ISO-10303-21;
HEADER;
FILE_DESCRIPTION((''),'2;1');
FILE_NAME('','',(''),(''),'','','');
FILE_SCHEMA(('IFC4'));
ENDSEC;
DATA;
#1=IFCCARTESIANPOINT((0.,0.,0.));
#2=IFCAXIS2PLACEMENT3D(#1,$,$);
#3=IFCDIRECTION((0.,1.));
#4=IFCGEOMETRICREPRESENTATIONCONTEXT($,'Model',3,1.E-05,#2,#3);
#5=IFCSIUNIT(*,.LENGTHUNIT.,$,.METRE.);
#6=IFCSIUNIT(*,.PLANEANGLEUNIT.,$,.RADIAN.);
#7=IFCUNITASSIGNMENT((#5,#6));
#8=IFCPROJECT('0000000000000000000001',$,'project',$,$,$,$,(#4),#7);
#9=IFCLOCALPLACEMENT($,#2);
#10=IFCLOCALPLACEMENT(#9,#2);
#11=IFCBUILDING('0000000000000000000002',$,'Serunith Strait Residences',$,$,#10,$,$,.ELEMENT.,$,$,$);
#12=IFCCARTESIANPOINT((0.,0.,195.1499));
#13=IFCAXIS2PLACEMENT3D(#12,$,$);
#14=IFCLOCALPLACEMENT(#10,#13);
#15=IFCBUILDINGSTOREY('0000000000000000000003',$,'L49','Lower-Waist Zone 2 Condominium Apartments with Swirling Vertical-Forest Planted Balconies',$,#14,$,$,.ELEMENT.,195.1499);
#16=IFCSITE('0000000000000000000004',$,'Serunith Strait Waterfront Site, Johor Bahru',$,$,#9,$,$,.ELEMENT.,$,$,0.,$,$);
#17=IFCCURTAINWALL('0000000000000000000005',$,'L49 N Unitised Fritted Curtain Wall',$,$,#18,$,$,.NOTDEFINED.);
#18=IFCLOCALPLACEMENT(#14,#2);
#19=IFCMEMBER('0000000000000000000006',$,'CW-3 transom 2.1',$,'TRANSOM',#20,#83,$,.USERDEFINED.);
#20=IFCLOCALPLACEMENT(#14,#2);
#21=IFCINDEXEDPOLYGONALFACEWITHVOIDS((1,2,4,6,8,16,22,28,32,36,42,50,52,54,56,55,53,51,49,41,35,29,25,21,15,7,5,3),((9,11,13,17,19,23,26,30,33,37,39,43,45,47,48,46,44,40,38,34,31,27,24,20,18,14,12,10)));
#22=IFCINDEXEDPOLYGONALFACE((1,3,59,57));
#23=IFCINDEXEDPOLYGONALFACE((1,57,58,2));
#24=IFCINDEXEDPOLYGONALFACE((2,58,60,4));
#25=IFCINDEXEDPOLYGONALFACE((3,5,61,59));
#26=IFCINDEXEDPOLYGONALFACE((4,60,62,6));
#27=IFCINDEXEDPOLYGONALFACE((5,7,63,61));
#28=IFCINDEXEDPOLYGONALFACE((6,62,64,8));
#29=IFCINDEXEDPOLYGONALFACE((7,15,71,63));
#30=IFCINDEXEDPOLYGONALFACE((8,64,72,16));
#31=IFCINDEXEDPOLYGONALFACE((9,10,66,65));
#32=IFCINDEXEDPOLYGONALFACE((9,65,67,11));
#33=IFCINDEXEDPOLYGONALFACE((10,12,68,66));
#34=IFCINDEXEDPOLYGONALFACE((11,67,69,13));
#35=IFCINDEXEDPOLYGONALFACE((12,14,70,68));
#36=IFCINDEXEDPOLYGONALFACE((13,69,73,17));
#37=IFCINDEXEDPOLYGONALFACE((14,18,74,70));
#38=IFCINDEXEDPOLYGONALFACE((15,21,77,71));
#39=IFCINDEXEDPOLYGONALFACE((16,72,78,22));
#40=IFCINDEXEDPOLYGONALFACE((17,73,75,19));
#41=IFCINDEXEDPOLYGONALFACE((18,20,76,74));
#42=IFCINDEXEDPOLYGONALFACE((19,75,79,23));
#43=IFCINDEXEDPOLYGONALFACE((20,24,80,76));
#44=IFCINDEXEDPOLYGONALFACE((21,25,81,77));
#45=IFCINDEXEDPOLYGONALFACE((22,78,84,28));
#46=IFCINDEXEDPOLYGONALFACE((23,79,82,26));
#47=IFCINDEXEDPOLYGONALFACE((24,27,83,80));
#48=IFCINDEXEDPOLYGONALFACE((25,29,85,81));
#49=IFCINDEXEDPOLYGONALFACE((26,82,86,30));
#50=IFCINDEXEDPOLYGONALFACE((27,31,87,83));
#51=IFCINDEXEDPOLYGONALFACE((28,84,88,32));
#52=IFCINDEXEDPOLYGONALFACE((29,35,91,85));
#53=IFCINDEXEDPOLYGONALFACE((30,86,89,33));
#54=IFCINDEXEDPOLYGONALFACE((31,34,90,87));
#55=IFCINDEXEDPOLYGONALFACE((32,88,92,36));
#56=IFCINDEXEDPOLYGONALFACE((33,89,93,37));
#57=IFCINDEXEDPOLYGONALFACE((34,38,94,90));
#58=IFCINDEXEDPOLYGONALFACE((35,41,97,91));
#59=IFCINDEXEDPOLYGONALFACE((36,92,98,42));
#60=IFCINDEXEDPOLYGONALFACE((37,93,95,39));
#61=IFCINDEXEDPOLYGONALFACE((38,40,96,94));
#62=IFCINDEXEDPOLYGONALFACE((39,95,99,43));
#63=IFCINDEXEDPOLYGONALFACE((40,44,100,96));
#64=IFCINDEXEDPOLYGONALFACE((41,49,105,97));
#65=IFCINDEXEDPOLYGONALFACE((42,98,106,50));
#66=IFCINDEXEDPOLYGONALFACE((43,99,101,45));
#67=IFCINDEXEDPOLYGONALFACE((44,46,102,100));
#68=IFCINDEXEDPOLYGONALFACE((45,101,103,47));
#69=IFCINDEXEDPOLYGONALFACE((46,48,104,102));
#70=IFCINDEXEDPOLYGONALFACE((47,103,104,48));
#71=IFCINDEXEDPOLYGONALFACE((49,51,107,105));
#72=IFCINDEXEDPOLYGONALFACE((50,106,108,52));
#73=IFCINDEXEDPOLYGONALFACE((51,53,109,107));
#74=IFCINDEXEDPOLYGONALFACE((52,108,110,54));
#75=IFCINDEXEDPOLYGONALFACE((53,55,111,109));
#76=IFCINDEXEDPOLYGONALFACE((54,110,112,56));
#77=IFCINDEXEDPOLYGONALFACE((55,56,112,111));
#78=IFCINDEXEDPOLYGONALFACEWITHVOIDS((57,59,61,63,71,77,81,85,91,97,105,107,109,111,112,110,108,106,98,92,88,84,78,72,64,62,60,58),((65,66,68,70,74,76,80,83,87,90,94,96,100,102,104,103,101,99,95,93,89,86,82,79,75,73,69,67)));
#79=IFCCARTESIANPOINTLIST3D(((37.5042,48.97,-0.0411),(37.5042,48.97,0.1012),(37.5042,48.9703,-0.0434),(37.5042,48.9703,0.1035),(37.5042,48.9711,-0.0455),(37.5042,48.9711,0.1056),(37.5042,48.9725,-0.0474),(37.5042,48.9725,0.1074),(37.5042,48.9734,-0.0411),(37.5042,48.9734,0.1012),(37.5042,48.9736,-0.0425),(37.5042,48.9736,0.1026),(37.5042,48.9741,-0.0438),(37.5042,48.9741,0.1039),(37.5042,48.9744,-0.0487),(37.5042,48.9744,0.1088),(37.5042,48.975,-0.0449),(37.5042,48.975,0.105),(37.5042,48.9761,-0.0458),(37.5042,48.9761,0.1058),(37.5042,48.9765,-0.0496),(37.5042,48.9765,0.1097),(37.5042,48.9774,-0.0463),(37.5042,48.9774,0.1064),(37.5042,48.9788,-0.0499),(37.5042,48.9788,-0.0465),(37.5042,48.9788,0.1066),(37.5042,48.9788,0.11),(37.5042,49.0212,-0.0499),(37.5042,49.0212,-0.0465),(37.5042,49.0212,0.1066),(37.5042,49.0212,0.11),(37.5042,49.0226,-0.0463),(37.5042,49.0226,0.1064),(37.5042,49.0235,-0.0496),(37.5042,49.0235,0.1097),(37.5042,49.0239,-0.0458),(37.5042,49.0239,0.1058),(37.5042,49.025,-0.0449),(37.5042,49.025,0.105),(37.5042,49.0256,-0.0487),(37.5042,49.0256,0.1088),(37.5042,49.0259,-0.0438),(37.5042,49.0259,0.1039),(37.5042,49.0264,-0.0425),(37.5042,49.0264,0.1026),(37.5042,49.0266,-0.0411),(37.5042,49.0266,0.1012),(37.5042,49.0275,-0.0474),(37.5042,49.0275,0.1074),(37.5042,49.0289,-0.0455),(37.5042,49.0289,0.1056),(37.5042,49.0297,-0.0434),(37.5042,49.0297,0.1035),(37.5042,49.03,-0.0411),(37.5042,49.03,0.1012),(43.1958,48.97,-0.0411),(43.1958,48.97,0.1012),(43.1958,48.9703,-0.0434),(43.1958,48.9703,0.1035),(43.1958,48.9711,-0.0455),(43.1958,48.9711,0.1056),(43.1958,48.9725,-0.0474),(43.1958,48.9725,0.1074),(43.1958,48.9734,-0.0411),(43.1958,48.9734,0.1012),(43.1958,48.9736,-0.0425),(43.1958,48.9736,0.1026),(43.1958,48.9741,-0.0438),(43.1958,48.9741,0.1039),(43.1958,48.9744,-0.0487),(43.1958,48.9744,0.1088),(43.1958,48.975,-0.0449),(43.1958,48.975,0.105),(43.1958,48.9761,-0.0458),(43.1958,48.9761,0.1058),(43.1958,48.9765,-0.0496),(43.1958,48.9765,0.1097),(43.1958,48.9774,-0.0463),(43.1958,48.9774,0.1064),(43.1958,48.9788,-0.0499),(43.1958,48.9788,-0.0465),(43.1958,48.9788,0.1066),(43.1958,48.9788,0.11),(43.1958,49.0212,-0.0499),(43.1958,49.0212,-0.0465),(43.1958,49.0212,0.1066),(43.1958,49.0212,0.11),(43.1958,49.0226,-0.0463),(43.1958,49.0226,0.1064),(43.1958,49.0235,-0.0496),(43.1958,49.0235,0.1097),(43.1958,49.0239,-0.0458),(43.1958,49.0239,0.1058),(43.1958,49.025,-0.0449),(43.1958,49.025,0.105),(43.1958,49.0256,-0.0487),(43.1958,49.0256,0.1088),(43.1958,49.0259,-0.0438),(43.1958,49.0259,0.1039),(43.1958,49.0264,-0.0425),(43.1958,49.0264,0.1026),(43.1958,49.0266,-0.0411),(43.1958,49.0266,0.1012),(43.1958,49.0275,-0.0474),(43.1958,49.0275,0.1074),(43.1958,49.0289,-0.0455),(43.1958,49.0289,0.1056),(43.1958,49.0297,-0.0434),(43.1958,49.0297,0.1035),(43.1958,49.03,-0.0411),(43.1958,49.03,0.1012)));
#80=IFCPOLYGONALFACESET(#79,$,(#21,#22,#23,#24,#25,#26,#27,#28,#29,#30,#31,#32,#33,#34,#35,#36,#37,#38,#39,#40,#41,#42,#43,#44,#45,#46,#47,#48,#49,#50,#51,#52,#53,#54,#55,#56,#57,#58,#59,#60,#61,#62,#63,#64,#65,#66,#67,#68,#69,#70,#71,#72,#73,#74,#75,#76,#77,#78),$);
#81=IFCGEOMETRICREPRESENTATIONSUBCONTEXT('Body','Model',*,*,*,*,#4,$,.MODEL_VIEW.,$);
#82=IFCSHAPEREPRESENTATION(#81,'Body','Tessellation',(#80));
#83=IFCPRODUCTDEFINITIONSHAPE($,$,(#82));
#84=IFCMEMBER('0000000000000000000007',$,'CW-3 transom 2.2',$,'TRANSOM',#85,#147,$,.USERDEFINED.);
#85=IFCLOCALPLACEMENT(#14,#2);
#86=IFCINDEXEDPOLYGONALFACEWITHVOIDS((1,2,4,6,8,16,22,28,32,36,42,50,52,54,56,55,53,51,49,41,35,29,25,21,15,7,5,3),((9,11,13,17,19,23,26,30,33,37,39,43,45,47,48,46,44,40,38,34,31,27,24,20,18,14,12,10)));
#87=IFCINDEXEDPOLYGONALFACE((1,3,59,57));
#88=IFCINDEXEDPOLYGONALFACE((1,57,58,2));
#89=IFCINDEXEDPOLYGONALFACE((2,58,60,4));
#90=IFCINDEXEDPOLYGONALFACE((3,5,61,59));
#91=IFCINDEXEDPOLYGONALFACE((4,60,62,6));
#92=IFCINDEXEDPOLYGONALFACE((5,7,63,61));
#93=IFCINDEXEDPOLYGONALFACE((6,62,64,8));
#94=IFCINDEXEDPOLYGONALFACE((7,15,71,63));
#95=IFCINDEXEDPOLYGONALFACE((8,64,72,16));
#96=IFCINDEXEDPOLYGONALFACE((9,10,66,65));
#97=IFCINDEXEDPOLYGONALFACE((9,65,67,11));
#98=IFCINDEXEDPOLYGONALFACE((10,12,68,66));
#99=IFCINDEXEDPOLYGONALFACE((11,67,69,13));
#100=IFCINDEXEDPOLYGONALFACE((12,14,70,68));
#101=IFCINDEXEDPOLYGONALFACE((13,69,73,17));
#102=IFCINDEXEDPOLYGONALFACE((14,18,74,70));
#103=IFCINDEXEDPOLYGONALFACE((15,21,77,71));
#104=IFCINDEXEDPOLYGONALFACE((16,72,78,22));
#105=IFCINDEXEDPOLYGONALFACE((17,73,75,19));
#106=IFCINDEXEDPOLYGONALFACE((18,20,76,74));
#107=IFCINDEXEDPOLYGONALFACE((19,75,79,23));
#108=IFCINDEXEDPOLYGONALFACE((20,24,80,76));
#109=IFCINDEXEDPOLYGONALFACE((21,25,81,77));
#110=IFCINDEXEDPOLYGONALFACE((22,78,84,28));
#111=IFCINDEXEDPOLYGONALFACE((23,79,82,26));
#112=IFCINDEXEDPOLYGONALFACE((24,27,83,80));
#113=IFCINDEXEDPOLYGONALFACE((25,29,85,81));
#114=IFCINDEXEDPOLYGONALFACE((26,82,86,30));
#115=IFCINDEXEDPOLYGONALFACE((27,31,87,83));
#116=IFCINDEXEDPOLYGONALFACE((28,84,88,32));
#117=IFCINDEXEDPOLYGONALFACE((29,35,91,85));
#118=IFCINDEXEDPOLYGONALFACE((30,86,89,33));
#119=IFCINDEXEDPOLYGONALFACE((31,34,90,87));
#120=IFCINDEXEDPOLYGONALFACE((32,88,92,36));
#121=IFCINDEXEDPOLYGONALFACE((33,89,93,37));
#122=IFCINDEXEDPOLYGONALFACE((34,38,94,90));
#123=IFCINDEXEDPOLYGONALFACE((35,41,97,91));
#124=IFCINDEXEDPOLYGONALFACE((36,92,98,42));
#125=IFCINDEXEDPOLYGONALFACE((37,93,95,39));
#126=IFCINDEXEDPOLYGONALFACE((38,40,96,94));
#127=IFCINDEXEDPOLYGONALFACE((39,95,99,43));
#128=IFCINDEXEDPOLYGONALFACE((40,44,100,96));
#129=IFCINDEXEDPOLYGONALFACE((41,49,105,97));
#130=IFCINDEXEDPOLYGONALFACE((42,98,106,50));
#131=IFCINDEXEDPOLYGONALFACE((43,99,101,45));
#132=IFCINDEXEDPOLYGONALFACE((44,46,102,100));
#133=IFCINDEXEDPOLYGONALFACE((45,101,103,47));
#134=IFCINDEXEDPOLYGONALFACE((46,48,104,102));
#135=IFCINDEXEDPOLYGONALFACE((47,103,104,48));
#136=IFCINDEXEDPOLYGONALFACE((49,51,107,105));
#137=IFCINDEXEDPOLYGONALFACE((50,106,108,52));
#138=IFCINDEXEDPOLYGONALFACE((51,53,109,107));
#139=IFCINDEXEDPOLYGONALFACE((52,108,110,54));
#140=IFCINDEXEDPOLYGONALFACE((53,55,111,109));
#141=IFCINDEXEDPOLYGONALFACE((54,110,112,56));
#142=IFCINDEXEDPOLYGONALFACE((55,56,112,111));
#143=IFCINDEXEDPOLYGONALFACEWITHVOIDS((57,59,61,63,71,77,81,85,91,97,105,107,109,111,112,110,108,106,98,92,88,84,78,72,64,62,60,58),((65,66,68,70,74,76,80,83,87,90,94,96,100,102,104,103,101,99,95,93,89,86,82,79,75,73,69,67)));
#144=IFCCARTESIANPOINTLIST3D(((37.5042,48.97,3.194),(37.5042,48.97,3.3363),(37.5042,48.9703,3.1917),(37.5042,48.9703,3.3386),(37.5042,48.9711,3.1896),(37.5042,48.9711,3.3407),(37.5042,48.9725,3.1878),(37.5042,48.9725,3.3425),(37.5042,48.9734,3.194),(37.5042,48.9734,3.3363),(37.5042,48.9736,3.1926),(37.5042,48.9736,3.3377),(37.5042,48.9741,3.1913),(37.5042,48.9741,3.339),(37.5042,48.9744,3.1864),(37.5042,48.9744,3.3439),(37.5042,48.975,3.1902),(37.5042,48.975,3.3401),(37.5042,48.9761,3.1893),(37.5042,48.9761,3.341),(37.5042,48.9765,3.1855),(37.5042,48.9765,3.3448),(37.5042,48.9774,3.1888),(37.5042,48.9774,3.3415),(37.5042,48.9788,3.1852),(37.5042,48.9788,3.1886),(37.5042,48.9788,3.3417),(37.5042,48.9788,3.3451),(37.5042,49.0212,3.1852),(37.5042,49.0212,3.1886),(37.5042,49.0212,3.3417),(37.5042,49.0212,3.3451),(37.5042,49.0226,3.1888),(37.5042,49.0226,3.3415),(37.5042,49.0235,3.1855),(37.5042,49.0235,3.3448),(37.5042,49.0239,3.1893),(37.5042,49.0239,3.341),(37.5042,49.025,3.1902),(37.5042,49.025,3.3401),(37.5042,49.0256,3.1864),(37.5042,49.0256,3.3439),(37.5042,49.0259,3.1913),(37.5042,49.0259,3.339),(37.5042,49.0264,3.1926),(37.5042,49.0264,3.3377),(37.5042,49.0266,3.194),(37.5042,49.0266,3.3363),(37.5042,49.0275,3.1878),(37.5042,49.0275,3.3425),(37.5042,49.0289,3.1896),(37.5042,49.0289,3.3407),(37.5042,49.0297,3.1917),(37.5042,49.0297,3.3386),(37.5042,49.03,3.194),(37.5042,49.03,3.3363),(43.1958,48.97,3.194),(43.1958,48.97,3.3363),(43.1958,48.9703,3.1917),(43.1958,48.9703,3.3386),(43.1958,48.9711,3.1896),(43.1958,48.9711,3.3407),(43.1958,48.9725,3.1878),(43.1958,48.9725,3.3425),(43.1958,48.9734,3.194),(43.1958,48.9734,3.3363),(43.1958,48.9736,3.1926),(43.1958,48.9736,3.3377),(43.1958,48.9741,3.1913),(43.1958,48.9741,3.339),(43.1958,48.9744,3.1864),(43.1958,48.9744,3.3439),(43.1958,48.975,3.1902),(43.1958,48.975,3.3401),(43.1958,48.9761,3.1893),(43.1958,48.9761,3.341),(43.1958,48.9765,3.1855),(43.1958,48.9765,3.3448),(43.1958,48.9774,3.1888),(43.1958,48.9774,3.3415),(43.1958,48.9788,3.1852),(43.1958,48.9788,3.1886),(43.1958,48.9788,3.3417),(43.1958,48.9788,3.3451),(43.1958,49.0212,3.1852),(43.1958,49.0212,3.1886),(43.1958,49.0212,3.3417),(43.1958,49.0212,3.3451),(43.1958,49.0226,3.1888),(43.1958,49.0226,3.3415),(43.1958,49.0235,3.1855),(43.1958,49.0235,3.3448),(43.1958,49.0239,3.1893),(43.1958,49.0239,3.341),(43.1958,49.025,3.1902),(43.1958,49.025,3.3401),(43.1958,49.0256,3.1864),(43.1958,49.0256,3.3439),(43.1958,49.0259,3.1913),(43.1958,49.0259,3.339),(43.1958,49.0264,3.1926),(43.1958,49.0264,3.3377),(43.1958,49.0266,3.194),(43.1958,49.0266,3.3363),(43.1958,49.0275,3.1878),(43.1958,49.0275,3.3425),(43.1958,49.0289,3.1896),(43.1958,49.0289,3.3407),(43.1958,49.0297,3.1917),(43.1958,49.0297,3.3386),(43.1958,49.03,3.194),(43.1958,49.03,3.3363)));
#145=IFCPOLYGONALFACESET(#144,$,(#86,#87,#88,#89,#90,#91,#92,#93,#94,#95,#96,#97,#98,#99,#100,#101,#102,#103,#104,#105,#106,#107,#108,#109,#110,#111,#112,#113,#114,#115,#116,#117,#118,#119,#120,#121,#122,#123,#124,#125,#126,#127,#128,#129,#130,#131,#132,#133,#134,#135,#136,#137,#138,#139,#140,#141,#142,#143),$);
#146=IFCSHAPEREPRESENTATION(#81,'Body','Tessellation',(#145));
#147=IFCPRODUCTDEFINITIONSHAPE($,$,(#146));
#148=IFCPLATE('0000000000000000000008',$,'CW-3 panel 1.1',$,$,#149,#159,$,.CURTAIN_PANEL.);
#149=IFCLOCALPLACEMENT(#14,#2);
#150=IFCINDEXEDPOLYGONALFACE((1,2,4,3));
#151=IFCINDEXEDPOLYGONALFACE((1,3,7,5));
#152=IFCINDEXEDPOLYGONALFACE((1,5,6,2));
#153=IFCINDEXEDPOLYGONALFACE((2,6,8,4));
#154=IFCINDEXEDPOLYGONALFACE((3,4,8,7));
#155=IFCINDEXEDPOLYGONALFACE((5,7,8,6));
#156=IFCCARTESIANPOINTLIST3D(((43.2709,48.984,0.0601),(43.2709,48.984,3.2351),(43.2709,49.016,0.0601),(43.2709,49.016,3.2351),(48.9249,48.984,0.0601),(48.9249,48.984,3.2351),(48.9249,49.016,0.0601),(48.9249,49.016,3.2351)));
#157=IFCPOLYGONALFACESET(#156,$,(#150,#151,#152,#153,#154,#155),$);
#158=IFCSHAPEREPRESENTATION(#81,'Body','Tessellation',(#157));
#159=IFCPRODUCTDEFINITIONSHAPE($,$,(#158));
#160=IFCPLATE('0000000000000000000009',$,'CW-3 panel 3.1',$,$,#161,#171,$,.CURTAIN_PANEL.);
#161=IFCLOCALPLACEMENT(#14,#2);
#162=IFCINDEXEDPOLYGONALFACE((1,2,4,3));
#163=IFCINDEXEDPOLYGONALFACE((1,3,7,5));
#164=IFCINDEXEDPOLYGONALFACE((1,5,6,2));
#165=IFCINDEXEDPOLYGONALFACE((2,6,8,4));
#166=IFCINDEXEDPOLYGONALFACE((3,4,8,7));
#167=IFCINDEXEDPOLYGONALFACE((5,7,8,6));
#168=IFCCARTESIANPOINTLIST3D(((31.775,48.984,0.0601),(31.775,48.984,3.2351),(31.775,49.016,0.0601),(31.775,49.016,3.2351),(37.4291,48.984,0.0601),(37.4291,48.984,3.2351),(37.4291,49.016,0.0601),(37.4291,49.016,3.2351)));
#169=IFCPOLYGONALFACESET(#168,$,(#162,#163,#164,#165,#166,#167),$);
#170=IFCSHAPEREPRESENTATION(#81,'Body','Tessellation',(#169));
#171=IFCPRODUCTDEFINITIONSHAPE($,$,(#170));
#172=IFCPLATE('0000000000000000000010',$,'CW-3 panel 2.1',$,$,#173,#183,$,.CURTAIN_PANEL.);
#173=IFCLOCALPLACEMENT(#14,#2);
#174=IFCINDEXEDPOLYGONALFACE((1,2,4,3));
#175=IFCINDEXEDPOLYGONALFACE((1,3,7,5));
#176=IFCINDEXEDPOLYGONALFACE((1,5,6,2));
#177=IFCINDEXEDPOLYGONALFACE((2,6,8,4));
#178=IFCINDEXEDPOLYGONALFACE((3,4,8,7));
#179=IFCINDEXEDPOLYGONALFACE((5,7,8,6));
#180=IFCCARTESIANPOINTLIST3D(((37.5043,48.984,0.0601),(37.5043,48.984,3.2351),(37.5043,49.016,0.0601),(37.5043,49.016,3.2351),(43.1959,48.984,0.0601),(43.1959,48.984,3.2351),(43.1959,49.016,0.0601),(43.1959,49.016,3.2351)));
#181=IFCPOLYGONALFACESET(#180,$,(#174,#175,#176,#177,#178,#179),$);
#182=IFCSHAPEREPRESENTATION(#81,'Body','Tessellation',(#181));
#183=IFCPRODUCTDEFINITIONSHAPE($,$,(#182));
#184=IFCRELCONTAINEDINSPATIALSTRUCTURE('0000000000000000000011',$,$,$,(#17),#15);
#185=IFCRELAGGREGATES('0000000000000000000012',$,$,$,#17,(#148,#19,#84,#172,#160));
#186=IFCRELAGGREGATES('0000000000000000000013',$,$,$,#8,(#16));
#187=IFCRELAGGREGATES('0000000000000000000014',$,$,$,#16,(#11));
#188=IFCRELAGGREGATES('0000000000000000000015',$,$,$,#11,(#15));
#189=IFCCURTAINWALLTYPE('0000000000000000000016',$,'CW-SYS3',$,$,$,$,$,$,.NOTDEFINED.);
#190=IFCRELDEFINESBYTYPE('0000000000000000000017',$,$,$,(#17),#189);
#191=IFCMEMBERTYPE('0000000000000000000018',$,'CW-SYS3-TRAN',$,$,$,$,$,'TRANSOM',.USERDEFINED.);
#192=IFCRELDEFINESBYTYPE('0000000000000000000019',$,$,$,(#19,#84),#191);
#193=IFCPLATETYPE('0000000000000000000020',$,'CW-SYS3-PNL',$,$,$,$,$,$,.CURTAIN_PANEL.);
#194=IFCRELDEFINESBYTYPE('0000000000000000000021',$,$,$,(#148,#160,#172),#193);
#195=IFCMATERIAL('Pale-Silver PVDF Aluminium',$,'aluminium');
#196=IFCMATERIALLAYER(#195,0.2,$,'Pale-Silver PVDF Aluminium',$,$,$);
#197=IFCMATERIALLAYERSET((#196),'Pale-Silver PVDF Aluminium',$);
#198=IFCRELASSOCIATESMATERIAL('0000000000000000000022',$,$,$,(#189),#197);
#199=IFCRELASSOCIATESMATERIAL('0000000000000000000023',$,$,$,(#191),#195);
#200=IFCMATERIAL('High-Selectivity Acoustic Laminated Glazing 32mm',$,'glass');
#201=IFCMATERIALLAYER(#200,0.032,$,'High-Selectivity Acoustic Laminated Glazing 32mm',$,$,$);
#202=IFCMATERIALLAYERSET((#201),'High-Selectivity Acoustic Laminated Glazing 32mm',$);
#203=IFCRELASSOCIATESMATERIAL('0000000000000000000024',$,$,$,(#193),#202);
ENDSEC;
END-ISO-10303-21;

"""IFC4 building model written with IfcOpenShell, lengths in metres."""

from ifc_helpers import new_model, si_unit, direction, frame, origin, origin_2d, place, context, subcontext, project, spatial, rectangle, hollow_rectangle, extrude, source, transform, mapped, material, layer, layer_set, material_profile, profile_set, type_object, element, aggregate, save


model = new_model("IFC4")

# Units and contexts
model_context = context("Model", 3, precision=1e-05, world=origin(), true_north=direction((0.0, 1.0)))
body_context = subcontext(model_context, "Body", "Model", "MODEL_VIEW")
ifc_project = project(units=[si_unit("LENGTHUNIT", "METRE"), si_unit("PLANEANGLEUNIT", "RADIAN")], contexts=[model_context])

# Site, building, storey
site_placement = place(None, origin())
site = spatial("IfcSite", under=ifc_project, at=site_placement, Name="Serunith Strait Waterfront Site, Johor Bahru", CompositionType="ELEMENT", RefElevation=0.0)
building_placement = place(site_placement, origin())
building = spatial("IfcBuilding", under=site, at=building_placement, Name="Serunith Strait Residences", CompositionType="ELEMENT")
storey_placement = place(building_placement, frame((0.0, 0.0, 195.1499)))
storey = spatial("IfcBuildingStorey", under=building, at=storey_placement, Name="L49", Description="Lower-Waist Zone 2 Condominium Apartments with Swirling Vertical-Forest Planted Balconies", CompositionType="ELEMENT", Elevation=195.1499)

# Curtain wall, members, plates
ifc_material_1 = material(Name="Pale-Silver PVDF Aluminium", Category="aluminium")
ifc_layer_1 = layer(ifc_material_1, 0.2, Name="Pale-Silver PVDF Aluminium")
ifc_layer_set_1 = layer_set([ifc_layer_1], Name="Pale-Silver PVDF Aluminium")
curtain_wall_type = type_object("IfcCurtainWallType", Name="CW-SYS3", PredefinedType="NOTDEFINED", material=ifc_layer_set_1)
curtain_wall_placement = place(storey_placement, origin())
curtain_wall = element("IfcCurtainWall", 1, at=curtain_wall_placement, inside=storey, type_object=curtain_wall_type, Name="L49 N Unitised Fritted Curtain Wall", PredefinedType="NOTDEFINED")
ifc_material_profile_1 = material_profile(ifc_material_1, hollow_rectangle(XDim=0.0601, YDim=0.1599, WallThickness=0.0034, InnerFilletRadius=0.0054, OuterFilletRadius=0.0088, at=origin_2d()), Name="ALU 160x60x3.5")
ifc_profile_set_1 = profile_set([ifc_material_profile_1], Name="Pale-Silver PVDF Aluminium")
member_type_1 = type_object("IfcMemberType", Name="CW-SYS3-TRAN", ElementType="TRANSOM", PredefinedType="USERDEFINED", material=ifc_profile_set_1)
shared_shape_1 = source(origin(), body_context, "Body", "SweptSolid", [
    extrude(hollow_rectangle(XDim=0.0601, YDim=0.1599, WallThickness=0.0034, InnerFilletRadius=0.0054, OuterFilletRadius=0.0088, at=origin_2d()), origin(), (0.0, 0.0, 1.0), 5.6917),
])
member_1_placement = place(storey_placement, frame((43.1958, 49.0, 0.03), z_axis=(-1.0, 0.0, 0.0), x_axis=(0.0, -1.0, 0.0)))
member_1 = element("IfcMember", 2, at=member_1_placement, type_object=member_type_1, Name="CW-3 transom 2.1", ObjectType="TRANSOM", PredefinedType="USERDEFINED", context=body_context, shape_type="MappedRepresentation", body=[
    mapped(shared_shape_1, transform((0.0, 0.0, 0.0), scale=1.0)),
])
member_2_placement = place(storey_placement, frame((43.1958, 49.0, 3.2651), z_axis=(-1.0, 0.0, 0.0), x_axis=(0.0, -1.0, 0.0)))
member_2 = element("IfcMember", 3, at=member_2_placement, type_object=member_type_1, Name="CW-3 transom 2.2", ObjectType="TRANSOM", PredefinedType="USERDEFINED", context=body_context, shape_type="MappedRepresentation", body=[
    mapped(shared_shape_1, transform((0.0, 0.0, 0.0), scale=1.0)),
])
ifc_material_2 = material(Name="High-Selectivity Acoustic Laminated Glazing 32mm", Category="glass")
ifc_layer_2 = layer(ifc_material_2, 0.032, Name="High-Selectivity Acoustic Laminated Glazing 32mm")
ifc_layer_set_2 = layer_set([ifc_layer_2], Name="High-Selectivity Acoustic Laminated Glazing 32mm")
plate_type = type_object("IfcPlateType", Name="CW-SYS3-PNL", PredefinedType="CURTAIN_PANEL", material=ifc_layer_set_2)
shared_shape_2 = source(origin(), body_context, "Body", "SweptSolid", [
    extrude(rectangle(XDim=5.6541, YDim=0.032, at=origin_2d()), origin(), (0.0, 0.0, 1.0), 3.175),
])
plate_1_placement = place(storey_placement, frame((46.0979, 49.0, 0.0601), z_axis=(0.0, 0.0, 1.0), x_axis=(-1.0, 0.0, 0.0)))
plate_1 = element("IfcPlate", 4, at=plate_1_placement, type_object=plate_type, Name="CW-3 panel 1.1", PredefinedType="CURTAIN_PANEL", context=body_context, shape_type="MappedRepresentation", body=[
    mapped(shared_shape_2, transform((0.0, 0.0, 0.0), scale=1.0)),
])
plate_2_placement = place(storey_placement, frame((34.6021, 49.0, 0.0601), z_axis=(0.0, 0.0, 1.0), x_axis=(-1.0, 0.0, 0.0)))
plate_2 = element("IfcPlate", 5, at=plate_2_placement, type_object=plate_type, Name="CW-3 panel 3.1", PredefinedType="CURTAIN_PANEL", context=body_context, shape_type="MappedRepresentation", body=[
    mapped(shared_shape_2, transform((0.0, 0.0, 0.0), scale=1.0)),
])
shared_shape_3 = source(origin(), body_context, "Body", "SweptSolid", [
    extrude(rectangle(XDim=5.6917, YDim=0.032, at=origin_2d()), origin(), (0.0, 0.0, 1.0), 3.175),
])
plate_3_placement = place(storey_placement, frame((40.3501, 49.0, 0.0601), z_axis=(0.0, 0.0, 1.0), x_axis=(-1.0, 0.0, 0.0)))
plate_3 = element("IfcPlate", 6, at=plate_3_placement, type_object=plate_type, Name="CW-3 panel 2.1", PredefinedType="CURTAIN_PANEL", context=body_context, shape_type="MappedRepresentation", body=[
    mapped(shared_shape_3, transform((0.0, 0.0, 0.0), scale=1.0)),
])
aggregate(curtain_wall, [plate_1, member_1, member_2, plate_3, plate_2])

save(model, "model.ifc")
